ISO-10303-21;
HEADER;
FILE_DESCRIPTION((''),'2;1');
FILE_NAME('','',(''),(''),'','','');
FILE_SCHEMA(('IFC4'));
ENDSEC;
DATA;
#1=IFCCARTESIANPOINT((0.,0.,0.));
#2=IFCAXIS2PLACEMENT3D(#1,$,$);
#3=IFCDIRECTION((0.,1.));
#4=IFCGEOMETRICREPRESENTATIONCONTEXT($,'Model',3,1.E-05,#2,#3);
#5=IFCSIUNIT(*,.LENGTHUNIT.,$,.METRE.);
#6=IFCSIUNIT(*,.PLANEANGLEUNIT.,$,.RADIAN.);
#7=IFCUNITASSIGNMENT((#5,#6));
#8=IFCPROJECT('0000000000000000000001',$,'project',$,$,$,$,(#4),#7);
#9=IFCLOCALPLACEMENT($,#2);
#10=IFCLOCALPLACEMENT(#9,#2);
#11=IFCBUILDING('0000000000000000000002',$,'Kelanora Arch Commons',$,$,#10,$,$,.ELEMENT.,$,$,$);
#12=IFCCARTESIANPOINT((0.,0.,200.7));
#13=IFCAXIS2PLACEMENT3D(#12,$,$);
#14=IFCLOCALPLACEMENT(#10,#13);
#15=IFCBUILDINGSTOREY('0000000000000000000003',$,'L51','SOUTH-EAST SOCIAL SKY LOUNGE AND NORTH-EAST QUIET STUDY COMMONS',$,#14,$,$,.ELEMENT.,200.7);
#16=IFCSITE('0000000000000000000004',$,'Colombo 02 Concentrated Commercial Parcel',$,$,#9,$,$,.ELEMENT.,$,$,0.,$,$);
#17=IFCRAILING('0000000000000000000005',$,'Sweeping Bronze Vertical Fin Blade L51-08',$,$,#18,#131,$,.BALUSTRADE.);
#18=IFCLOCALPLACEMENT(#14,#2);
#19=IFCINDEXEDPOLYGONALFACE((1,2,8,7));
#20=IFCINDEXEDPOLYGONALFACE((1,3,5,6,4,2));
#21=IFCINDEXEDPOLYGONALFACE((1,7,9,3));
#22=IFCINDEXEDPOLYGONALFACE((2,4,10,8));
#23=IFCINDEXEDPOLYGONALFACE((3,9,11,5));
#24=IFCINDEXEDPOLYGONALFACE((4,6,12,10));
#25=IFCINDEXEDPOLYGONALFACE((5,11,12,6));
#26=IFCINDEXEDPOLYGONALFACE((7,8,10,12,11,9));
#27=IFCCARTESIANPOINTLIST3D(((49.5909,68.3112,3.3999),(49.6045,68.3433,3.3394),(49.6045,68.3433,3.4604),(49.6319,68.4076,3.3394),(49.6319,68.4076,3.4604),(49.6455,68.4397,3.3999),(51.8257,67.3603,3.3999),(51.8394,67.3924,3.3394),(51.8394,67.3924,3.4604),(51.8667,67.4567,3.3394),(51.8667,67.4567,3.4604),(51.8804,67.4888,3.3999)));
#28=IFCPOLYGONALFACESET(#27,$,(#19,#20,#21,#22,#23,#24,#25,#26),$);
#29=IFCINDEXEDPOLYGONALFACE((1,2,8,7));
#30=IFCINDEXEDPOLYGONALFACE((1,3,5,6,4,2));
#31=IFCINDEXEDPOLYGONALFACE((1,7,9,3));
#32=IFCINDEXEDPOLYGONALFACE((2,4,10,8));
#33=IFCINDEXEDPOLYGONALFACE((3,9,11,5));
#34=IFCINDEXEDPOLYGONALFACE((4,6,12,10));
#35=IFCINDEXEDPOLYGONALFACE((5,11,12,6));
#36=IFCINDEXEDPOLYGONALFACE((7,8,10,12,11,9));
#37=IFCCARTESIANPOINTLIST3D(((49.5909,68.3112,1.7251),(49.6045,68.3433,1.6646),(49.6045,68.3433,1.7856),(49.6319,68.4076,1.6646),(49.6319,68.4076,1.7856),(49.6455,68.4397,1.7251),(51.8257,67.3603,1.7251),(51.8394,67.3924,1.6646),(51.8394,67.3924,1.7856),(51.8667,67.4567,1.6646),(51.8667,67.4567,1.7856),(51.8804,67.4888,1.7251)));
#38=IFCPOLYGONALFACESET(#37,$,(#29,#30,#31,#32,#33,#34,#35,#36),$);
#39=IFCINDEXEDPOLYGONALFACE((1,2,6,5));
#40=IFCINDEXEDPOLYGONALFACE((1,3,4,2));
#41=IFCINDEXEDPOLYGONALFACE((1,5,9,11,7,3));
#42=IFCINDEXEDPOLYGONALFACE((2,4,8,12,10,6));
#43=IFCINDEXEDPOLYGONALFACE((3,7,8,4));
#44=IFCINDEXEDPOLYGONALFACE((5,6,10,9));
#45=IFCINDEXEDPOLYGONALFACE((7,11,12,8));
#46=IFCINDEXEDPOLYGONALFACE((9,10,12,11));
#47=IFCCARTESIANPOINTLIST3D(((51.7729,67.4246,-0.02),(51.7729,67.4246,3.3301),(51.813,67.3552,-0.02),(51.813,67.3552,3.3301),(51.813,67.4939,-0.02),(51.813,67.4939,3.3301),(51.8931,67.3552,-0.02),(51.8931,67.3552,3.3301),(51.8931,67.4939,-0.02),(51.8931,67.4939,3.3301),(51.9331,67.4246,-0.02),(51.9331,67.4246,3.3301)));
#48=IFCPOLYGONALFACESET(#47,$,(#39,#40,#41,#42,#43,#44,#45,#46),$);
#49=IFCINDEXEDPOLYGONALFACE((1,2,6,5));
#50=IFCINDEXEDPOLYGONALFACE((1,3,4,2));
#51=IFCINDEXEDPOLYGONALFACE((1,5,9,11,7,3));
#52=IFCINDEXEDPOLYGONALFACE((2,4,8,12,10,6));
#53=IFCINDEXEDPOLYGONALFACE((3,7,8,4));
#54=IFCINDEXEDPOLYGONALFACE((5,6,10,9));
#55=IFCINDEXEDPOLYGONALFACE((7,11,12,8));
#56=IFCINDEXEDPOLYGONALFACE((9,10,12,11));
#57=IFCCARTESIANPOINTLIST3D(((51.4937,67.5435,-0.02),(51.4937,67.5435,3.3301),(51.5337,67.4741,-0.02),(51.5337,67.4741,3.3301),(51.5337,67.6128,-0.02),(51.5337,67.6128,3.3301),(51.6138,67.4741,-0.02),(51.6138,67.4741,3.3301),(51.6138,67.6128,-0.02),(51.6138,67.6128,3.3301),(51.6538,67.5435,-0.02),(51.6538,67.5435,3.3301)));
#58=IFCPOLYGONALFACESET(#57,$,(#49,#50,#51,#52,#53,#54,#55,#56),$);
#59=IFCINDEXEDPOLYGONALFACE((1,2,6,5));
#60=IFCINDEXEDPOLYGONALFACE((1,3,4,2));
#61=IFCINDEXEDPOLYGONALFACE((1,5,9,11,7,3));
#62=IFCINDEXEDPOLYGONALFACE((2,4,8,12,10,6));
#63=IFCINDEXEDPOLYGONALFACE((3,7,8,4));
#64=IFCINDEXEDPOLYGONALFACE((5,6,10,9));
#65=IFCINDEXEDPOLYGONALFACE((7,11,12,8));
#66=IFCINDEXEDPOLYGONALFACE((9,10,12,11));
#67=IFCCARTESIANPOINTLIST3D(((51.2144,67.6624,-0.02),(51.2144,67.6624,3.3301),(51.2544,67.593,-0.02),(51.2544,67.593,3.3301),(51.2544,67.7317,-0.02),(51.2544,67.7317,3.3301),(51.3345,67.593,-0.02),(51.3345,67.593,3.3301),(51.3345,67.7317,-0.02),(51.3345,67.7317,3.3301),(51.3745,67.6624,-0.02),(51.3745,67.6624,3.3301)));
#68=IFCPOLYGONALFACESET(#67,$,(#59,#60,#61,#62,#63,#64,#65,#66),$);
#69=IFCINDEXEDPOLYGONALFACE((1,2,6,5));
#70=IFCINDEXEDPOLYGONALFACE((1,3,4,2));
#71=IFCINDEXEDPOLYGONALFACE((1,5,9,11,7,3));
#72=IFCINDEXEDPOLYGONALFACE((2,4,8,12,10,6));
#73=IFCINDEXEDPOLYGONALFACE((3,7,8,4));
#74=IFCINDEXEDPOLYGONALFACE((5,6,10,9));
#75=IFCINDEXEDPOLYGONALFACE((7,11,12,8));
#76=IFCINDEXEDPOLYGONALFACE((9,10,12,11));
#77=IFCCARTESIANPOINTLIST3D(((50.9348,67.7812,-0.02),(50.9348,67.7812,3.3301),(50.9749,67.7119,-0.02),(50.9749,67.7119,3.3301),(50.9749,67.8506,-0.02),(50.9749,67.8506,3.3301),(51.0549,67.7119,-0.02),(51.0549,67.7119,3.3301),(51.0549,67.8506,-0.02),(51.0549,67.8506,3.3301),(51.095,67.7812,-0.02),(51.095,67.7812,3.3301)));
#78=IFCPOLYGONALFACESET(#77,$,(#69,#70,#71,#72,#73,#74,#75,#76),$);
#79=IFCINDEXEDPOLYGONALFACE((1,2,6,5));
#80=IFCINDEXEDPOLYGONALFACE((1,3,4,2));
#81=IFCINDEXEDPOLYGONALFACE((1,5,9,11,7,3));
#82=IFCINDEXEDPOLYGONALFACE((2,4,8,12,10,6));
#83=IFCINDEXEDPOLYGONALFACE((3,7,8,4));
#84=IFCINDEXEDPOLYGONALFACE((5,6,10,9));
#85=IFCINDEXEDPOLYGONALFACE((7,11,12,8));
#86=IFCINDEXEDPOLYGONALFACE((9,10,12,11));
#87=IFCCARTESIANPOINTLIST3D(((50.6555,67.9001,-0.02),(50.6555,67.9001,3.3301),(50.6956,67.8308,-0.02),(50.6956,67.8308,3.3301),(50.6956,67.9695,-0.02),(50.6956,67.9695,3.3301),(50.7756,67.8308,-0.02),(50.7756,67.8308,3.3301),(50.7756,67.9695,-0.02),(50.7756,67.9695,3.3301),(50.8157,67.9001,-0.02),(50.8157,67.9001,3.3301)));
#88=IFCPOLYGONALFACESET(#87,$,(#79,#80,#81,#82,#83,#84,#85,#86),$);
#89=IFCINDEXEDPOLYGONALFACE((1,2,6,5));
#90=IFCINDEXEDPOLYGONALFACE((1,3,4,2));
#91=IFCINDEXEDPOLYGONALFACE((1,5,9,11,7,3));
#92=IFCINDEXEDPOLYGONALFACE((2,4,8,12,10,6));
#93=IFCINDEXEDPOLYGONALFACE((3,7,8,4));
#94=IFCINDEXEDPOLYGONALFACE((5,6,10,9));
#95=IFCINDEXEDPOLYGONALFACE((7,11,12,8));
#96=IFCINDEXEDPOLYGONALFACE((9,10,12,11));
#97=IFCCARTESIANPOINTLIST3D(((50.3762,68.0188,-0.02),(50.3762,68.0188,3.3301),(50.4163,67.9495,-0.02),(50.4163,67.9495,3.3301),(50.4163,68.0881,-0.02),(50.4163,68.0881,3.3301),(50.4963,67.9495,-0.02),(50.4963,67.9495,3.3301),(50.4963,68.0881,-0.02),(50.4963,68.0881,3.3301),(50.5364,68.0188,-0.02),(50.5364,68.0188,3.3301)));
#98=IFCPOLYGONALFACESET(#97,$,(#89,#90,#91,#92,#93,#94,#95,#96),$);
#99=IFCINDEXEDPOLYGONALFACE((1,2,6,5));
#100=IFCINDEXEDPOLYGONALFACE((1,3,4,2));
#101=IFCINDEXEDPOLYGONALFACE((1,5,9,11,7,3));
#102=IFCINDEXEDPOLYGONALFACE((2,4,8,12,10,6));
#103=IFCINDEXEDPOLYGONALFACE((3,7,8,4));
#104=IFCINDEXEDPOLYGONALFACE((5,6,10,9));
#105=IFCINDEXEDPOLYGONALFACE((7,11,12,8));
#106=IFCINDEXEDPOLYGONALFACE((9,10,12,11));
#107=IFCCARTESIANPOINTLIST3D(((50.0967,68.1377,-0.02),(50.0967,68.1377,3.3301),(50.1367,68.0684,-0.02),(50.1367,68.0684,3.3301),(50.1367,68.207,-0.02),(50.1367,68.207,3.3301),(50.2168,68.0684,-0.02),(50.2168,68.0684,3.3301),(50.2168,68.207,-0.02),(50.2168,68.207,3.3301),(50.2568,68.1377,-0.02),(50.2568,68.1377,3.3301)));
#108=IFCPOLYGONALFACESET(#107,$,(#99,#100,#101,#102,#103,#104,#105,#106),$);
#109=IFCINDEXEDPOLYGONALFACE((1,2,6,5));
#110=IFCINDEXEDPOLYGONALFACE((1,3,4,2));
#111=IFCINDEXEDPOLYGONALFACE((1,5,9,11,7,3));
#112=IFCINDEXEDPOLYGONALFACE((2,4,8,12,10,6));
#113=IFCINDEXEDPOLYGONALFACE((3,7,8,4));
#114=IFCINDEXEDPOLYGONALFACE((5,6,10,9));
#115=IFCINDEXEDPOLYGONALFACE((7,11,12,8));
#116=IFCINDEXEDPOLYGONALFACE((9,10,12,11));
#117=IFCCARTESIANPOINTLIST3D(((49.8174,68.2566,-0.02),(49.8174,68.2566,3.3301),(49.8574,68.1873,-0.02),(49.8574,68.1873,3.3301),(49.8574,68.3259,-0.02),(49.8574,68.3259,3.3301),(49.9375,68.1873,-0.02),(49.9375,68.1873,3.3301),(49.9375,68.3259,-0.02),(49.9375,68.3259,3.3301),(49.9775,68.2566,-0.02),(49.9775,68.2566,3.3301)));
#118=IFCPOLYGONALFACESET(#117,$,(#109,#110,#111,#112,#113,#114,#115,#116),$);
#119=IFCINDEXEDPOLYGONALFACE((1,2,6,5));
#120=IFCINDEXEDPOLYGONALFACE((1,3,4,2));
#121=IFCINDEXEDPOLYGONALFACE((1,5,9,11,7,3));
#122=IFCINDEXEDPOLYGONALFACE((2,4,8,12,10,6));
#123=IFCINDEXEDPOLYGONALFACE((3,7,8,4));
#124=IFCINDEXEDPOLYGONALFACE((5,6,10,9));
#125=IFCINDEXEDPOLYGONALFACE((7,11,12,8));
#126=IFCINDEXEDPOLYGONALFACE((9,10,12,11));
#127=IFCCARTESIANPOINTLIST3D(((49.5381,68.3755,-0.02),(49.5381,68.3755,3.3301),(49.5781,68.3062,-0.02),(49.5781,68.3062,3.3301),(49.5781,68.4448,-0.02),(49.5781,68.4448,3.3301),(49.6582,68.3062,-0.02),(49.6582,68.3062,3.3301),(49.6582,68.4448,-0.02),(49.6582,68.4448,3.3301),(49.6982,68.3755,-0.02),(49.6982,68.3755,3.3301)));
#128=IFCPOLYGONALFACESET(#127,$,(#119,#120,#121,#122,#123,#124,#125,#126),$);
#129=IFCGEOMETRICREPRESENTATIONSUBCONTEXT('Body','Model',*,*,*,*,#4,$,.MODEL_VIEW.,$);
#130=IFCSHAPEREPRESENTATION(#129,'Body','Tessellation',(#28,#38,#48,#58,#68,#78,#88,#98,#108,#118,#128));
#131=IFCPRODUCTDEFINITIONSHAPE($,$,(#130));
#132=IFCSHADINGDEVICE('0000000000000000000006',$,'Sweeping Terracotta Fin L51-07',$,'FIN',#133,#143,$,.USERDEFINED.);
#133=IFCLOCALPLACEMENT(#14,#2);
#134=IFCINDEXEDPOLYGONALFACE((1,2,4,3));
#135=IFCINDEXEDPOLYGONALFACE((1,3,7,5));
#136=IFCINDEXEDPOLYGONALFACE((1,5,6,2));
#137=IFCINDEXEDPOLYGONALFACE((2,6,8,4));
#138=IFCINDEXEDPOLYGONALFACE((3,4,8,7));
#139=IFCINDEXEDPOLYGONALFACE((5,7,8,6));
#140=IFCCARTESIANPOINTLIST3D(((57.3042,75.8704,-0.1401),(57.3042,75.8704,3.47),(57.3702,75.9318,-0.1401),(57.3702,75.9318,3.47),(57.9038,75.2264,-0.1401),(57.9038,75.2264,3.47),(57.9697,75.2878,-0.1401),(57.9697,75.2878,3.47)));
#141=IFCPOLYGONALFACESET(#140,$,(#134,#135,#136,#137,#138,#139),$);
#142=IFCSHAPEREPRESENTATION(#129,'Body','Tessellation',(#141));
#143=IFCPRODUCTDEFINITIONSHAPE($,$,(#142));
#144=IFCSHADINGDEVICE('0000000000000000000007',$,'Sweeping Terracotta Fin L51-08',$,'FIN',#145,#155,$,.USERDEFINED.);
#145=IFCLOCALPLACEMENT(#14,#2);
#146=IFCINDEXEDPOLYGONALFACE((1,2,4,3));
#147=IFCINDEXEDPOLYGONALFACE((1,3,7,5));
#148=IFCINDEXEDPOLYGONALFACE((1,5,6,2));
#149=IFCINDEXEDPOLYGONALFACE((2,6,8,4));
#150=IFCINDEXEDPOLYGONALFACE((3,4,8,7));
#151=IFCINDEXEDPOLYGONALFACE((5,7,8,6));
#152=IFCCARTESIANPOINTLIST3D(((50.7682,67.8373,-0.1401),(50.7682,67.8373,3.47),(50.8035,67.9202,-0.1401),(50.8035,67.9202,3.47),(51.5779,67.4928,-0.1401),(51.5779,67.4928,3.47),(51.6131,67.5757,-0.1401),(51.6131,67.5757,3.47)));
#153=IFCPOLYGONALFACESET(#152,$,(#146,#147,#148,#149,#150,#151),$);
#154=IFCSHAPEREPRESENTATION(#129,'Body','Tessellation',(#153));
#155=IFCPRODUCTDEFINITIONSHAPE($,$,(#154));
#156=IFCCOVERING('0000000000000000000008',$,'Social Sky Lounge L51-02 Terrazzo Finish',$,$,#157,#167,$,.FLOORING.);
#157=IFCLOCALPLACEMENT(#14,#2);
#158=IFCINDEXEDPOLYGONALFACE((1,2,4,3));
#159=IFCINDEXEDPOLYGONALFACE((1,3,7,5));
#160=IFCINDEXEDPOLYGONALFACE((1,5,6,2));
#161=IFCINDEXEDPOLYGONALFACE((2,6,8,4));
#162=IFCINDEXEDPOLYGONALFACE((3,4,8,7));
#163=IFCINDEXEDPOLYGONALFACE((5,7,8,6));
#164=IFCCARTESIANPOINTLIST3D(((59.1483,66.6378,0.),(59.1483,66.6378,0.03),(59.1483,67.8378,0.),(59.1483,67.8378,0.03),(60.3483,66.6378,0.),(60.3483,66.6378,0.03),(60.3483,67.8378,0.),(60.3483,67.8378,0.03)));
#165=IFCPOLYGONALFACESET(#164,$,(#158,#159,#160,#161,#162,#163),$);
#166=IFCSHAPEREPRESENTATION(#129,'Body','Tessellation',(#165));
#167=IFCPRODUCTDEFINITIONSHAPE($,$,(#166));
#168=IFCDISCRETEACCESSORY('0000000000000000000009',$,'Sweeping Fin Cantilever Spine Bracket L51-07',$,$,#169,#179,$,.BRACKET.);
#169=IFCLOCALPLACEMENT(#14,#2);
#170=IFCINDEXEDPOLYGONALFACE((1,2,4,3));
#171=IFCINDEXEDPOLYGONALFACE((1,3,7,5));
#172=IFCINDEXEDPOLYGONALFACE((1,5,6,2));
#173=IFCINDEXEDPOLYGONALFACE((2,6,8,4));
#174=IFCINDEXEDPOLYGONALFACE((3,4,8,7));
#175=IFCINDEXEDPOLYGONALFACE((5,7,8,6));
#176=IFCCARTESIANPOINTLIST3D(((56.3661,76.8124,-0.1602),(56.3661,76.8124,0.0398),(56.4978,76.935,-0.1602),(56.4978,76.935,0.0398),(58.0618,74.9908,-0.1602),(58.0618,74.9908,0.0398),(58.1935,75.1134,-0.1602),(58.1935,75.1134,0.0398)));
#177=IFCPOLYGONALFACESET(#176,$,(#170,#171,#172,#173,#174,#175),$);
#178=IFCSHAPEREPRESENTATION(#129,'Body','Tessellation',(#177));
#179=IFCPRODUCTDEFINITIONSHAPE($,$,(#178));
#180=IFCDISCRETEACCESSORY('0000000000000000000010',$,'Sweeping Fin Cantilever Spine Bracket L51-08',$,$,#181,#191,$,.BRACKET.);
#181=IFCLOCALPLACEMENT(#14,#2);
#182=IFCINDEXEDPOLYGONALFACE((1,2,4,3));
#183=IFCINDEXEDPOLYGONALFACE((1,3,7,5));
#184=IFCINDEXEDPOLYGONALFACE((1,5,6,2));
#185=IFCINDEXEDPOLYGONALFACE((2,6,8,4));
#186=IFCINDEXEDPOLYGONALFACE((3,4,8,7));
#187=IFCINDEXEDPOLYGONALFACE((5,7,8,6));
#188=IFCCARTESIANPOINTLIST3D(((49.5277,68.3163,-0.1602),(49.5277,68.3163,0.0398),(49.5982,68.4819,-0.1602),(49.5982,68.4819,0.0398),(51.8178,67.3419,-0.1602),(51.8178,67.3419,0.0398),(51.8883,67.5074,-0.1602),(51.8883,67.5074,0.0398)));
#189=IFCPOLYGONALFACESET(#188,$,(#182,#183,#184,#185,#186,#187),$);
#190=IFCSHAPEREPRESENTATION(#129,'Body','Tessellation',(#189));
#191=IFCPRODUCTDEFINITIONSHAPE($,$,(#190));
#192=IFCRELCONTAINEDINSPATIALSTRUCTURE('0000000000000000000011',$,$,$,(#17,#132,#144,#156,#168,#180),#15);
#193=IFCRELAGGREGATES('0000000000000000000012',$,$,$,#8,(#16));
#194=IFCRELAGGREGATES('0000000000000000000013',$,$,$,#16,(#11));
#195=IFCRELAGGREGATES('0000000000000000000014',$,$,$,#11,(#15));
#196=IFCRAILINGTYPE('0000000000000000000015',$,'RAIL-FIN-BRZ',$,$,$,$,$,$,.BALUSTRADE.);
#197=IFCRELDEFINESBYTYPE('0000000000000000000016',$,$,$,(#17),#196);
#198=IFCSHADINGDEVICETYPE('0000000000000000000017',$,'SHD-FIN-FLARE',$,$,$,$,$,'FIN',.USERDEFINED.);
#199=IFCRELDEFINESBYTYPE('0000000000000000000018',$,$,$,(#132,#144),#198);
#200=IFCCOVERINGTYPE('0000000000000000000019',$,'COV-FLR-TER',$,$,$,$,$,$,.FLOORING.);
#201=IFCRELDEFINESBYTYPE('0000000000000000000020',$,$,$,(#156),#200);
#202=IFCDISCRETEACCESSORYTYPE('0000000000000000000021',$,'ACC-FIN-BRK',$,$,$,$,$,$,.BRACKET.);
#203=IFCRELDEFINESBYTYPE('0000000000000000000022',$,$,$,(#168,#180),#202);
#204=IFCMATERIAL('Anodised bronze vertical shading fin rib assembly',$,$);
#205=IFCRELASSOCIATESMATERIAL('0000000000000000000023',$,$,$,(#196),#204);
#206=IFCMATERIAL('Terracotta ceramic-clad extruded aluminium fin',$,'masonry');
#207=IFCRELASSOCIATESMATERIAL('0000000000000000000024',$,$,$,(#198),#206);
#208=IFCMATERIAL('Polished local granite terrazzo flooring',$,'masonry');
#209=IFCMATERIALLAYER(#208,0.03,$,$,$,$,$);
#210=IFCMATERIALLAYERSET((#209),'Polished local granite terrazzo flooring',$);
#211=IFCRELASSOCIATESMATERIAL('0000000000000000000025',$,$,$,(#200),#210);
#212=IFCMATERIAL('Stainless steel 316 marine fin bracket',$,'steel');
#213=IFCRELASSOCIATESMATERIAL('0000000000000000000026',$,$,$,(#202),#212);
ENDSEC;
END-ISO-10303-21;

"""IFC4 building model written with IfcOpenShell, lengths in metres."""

from ifc_helpers import new_model, si_unit, direction, frame, origin, origin_2d, place, context, subcontext, project, spatial, polyline, rectangle, outline, extrude, source, transform, mapped, material, layer, layer_set, type_object, element, save


model = new_model("IFC4")

# Units and contexts
model_context = context("Model", 3, precision=1e-05, world=origin(), true_north=direction((0.0, 1.0)))
body_context = subcontext(model_context, "Body", "Model", "MODEL_VIEW")
ifc_project = project(units=[si_unit("LENGTHUNIT", "METRE"), si_unit("PLANEANGLEUNIT", "RADIAN")], contexts=[model_context])

# Site, building, storey
site_placement = place(None, origin())
site = spatial("IfcSite", under=ifc_project, at=site_placement, Name="Colombo 02 Concentrated Commercial Parcel", CompositionType="ELEMENT", RefElevation=0.0)
building_placement = place(site_placement, origin())
building = spatial("IfcBuilding", under=site, at=building_placement, Name="Kelanora Arch Commons", CompositionType="ELEMENT")
storey_placement = place(building_placement, frame((0.0, 0.0, 200.7)))
storey = spatial("IfcBuildingStorey", under=building, at=storey_placement, Name="L51", Description="SOUTH-EAST SOCIAL SKY LOUNGE AND NORTH-EAST QUIET STUDY COMMONS", CompositionType="ELEMENT", Elevation=200.7)

# Railing
ifc_material_1 = material(Name="Anodised bronze vertical shading fin rib assembly")
railing_type = type_object("IfcRailingType", Name="RAIL-FIN-BRZ", PredefinedType="BALUSTRADE", material=ifc_material_1)
railing_1_placement = place(storey_placement, frame((51.853, 67.4246, -0.02)))
element("IfcRailing", 1, at=railing_1_placement, inside=storey, type_object=railing_type, Name="Sweeping Bronze Vertical Fin Blade L51-08", PredefinedType="BALUSTRADE", context=body_context, shape_type="SweptSolid", body=[
    extrude(outline(polyline([(0.0698, 0.0), (0.0349, 0.0605), (-0.0349, 0.0605), (-0.0698, 0.0), (-0.0349, -0.0605), (0.0349, -0.0605), (0.0698, 0.0)])), frame((0.0, 0.0, 3.4199), z_axis=(-0.920166, 0.391528, 0.0), x_axis=(-0.391528, -0.920166, 0.0)), (0.0, 0.0, 1.0), 2.4287),
    extrude(outline(polyline([(0.0698, 0.0), (0.0349, 0.0605), (-0.0349, 0.0605), (-0.0698, 0.0), (-0.0349, -0.0605), (0.0349, -0.0605), (0.0698, 0.0)])), frame((0.0, 0.0, 1.7451), z_axis=(-0.920166, 0.391528, 0.0), x_axis=(-0.391528, -0.920166, 0.0)), (0.0, 0.0, 1.0), 2.4287),
    extrude(outline(polyline([(0.0801, 0.0), (0.04, 0.0693), (-0.04, 0.0693), (-0.0801, 0.0), (-0.04, -0.0693), (0.04, -0.0693), (0.0801, 0.0)])), origin(), (0.0, 0.0, 1.0), 3.3501),
    extrude(outline(polyline([(0.0801, 0.0), (0.04, 0.0693), (-0.04, 0.0693), (-0.0801, 0.0), (-0.04, -0.0693), (0.04, -0.0693), (0.0801, 0.0)])), frame((-0.2793, 0.1189, 0.0)), (0.0, 0.0, 1.0), 3.3501),
    extrude(outline(polyline([(0.0801, 0.0), (0.04, 0.0693), (-0.04, 0.0693), (-0.0801, 0.0), (-0.04, -0.0693), (0.04, -0.0693), (0.0801, 0.0)])), frame((-0.5586, 0.2378, 0.0)), (0.0, 0.0, 1.0), 3.3501),
    extrude(outline(polyline([(0.0801, 0.0), (0.04, 0.0693), (-0.04, 0.0693), (-0.0801, 0.0), (-0.04, -0.0693), (0.04, -0.0693), (0.0801, 0.0)])), frame((-0.8381, 0.3567, 0.0)), (0.0, 0.0, 1.0), 3.3501),
    extrude(outline(polyline([(0.0801, 0.0), (0.04, 0.0693), (-0.04, 0.0693), (-0.0801, 0.0), (-0.04, -0.0693), (0.04, -0.0693), (0.0801, 0.0)])), frame((-1.1174, 0.4756, 0.0)), (0.0, 0.0, 1.0), 3.3501),
    extrude(outline(polyline([(0.0801, 0.0), (0.04, 0.0693), (-0.04, 0.0693), (-0.0801, 0.0), (-0.04, -0.0693), (0.04, -0.0693), (0.0801, 0.0)])), frame((-1.3967, 0.5942, 0.0)), (0.0, 0.0, 1.0), 3.3501),
    extrude(outline(polyline([(0.0801, 0.0), (0.04, 0.0693), (-0.04, 0.0693), (-0.0801, 0.0), (-0.04, -0.0693), (0.04, -0.0693), (0.0801, 0.0)])), frame((-1.6763, 0.7131, 0.0)), (0.0, 0.0, 1.0), 3.3501),
    extrude(outline(polyline([(0.0801, 0.0), (0.04, 0.0693), (-0.04, 0.0693), (-0.0801, 0.0), (-0.04, -0.0693), (0.04, -0.0693), (0.0801, 0.0)])), frame((-1.9556, 0.832, 0.0)), (0.0, 0.0, 1.0), 3.3501),
    extrude(outline(polyline([(0.0801, 0.0), (0.04, 0.0693), (-0.04, 0.0693), (-0.0801, 0.0), (-0.04, -0.0693), (0.04, -0.0693), (0.0801, 0.0)])), frame((-2.2349, 0.9509, 0.0)), (0.0, 0.0, 1.0), 3.3501),
])

# Shading devices
ifc_material_2 = material(Name="Terracotta ceramic-clad extruded aluminium fin", Category="masonry")
shading_device_type = type_object("IfcShadingDeviceType", Name="SHD-FIN-FLARE", ElementType="FIN", PredefinedType="USERDEFINED", material=ifc_material_2)
shared_shape_1 = source(origin(), body_context, "Body", "SweptSolid", [
    extrude(rectangle(XDim=0.8799, YDim=0.0901, at=origin_2d()), origin(), (0.0, 0.0, 1.0), 3.6101),
])
for number, where, z_axis, x_axis, name in (
    (2, (57.637, 75.5791, -0.1401), (0.0, 0.0, 1.0), (-0.68136, 0.731949, 0.0), "Sweeping Terracotta Fin L51-07"),
    (3, (51.1907, 67.7065, -0.1401), (0.0, 0.0, 1.0), (-0.920164, 0.391534, 0.0), "Sweeping Terracotta Fin L51-08"),
):
    element("IfcShadingDevice", number, at=place(storey_placement, frame(where, z_axis=z_axis, x_axis=x_axis)), inside=storey, type_object=shading_device_type, Name=name, ObjectType="FIN", PredefinedType="USERDEFINED", context=body_context, shape_type="MappedRepresentation", body=[
        mapped(shared_shape_1, transform((0.0, 0.0, 0.0), scale=1.0)),
    ])

# Covering
ifc_material_3 = material(Name="Polished local granite terrazzo flooring", Category="masonry")
ifc_layer_1 = layer(ifc_material_3, 0.03)
ifc_layer_set_1 = layer_set([ifc_layer_1], Name="Polished local granite terrazzo flooring")
covering_type = type_object("IfcCoveringType", Name="COV-FLR-TER", PredefinedType="FLOORING", material=ifc_layer_set_1)
shared_shape_2 = source(origin(), body_context, "Body", "SweptSolid", [
    extrude(rectangle(XDim=1.2, YDim=1.2, at=origin_2d()), origin(), (0.0, 0.0, 1.0), 0.03),
])
covering_placement = place(storey_placement, frame((59.7483, 67.2378, 0.0), z_axis=(0.0, 0.0, 1.0), x_axis=(1.0, 0.0, 0.0)))
element("IfcCovering", 4, at=covering_placement, inside=storey, type_object=covering_type, Name="Social Sky Lounge L51-02 Terrazzo Finish", PredefinedType="FLOORING", context=body_context, shape_type="MappedRepresentation", body=[
    mapped(shared_shape_2, transform((0.0, 0.0, 0.0), scale=1.0)),
])

# Discrete accessories
ifc_material_4 = material(Name="Stainless steel 316 marine fin bracket", Category="steel")
discrete_accessory_type = type_object("IfcDiscreteAccessoryType", Name="ACC-FIN-BRK", PredefinedType="BRACKET", material=ifc_material_4)
shared_shape_3 = source(origin(), body_context, "Body", "SweptSolid", [
    extrude(rectangle(XDim=2.4888, YDim=0.1799, at=origin_2d()), origin(), (0.0, 0.0, 1.0), 0.2),
])
for number, where, z_axis, x_axis, name in (
    (5, (57.2798, 75.9629, -0.1602), (0.0, 0.0, 1.0), (-0.68136, 0.731949, 0.0), "Sweeping Fin Cantilever Spine Bracket L51-07"),
    (6, (50.708, 67.9119, -0.1602), (0.0, 0.0, 1.0), (-0.920164, 0.391534, 0.0), "Sweeping Fin Cantilever Spine Bracket L51-08"),
):
    element("IfcDiscreteAccessory", number, at=place(storey_placement, frame(where, z_axis=z_axis, x_axis=x_axis)), inside=storey, type_object=discrete_accessory_type, Name=name, PredefinedType="BRACKET", context=body_context, shape_type="MappedRepresentation", body=[
        mapped(shared_shape_3, transform((0.0, 0.0, 0.0), scale=1.0)),
    ])

save(model, "model.ifc")
